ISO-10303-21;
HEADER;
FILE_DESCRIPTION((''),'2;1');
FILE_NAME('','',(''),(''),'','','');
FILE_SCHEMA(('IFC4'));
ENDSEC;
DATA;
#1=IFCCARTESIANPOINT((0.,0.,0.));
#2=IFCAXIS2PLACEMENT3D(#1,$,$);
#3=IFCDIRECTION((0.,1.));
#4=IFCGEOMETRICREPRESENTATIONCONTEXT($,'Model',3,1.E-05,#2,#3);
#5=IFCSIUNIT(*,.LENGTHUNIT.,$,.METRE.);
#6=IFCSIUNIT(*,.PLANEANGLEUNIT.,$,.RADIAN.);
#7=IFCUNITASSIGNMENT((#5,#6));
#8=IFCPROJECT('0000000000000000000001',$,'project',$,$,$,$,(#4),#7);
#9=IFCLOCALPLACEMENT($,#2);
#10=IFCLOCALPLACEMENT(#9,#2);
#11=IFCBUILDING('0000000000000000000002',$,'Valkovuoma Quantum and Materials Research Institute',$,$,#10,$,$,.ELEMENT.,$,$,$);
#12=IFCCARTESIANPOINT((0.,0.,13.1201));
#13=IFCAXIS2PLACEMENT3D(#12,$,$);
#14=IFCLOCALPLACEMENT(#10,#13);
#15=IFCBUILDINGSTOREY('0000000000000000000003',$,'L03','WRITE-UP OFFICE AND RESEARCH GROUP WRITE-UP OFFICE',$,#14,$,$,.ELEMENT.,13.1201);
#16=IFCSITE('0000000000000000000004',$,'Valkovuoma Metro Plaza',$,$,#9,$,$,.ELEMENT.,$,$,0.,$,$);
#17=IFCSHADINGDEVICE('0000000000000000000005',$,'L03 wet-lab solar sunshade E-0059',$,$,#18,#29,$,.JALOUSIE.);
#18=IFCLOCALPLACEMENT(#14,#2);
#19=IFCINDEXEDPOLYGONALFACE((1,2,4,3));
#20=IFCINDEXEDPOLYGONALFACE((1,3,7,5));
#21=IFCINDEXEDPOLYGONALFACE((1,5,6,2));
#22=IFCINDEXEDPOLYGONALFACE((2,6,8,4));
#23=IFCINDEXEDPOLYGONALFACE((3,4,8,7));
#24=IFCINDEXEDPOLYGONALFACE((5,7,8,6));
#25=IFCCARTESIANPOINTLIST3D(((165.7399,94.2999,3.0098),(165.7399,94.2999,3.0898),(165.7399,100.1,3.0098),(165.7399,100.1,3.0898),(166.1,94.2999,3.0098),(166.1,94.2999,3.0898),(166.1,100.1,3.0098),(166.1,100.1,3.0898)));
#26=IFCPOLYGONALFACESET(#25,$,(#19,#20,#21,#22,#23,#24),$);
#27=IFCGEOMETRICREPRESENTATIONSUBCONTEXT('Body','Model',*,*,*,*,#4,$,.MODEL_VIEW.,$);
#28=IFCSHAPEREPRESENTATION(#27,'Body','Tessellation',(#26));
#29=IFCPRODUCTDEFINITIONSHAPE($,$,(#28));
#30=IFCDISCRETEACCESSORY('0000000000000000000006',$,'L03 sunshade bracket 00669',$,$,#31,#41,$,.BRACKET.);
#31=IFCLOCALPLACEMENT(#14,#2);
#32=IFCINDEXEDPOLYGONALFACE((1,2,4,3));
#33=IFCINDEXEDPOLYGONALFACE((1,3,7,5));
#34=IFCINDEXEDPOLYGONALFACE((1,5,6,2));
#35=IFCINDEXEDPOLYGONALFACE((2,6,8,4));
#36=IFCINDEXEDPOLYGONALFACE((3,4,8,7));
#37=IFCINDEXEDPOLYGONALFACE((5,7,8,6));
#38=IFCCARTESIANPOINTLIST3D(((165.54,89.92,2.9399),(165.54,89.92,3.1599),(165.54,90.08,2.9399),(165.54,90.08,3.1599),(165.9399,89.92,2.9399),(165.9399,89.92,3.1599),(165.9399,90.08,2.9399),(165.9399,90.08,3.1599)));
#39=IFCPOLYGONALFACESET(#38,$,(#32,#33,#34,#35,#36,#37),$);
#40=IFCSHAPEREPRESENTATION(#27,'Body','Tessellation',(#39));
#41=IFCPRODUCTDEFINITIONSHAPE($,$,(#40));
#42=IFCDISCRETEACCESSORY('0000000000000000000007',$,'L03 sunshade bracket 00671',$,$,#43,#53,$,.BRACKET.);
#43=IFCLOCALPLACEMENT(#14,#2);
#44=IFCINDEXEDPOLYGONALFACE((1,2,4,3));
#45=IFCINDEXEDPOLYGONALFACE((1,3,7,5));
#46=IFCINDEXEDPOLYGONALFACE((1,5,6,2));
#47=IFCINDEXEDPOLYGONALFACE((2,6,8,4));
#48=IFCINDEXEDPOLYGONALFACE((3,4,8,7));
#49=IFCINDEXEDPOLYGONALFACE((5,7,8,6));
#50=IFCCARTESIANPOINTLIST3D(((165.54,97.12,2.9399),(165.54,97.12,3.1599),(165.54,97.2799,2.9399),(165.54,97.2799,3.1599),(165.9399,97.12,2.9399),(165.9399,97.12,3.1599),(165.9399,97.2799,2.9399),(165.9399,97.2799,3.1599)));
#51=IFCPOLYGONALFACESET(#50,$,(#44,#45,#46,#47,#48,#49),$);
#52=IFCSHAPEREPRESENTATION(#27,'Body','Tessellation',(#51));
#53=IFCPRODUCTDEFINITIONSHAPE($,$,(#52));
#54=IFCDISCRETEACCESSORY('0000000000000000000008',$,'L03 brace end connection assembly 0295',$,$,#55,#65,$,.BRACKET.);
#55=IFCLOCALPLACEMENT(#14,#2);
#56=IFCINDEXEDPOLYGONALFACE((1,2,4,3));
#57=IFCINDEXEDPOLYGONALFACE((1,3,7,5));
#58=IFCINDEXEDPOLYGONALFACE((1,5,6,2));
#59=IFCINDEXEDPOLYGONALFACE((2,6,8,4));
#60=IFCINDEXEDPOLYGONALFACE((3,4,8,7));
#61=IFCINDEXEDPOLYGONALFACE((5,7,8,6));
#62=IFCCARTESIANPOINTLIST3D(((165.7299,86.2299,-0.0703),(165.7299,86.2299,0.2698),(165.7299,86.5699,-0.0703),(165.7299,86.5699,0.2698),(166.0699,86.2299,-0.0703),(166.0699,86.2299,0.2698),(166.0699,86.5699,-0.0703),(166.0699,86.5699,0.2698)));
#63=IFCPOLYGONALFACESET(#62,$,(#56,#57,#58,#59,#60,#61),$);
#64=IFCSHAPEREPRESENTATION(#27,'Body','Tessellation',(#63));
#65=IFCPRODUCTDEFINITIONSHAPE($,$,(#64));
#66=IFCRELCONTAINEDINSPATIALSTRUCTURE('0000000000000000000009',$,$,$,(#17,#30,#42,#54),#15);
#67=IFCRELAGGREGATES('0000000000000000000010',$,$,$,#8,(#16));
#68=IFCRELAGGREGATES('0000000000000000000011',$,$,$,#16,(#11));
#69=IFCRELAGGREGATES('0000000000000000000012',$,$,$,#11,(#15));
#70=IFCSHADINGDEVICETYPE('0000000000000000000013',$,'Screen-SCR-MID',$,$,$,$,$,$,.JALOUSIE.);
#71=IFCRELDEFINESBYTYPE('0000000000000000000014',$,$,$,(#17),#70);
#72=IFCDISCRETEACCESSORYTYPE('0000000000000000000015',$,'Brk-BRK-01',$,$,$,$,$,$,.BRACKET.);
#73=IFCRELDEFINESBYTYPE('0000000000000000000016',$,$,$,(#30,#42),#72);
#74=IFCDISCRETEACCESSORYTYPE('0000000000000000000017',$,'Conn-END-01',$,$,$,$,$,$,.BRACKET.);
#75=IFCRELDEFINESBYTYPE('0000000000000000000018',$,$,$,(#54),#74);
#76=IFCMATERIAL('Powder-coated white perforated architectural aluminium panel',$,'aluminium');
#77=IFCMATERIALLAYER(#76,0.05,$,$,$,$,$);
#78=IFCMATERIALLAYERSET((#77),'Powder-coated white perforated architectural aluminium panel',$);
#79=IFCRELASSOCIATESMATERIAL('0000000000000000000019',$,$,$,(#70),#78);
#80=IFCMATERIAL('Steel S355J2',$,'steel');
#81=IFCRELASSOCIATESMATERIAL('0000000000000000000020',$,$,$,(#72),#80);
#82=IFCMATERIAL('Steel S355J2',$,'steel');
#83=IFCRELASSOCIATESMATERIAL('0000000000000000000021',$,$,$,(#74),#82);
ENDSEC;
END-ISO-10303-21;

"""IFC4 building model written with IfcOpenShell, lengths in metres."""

from ifc_helpers import new_model, si_unit, direction, frame, origin, origin_2d, place, context, subcontext, project, spatial, rectangle, extrude, material, layer, layer_set, type_object, element, save


model = new_model("IFC4")

# Units and contexts
model_context = context("Model", 3, precision=1e-05, world=origin(), true_north=direction((0.0, 1.0)))
body_context = subcontext(model_context, "Body", "Model", "MODEL_VIEW")
ifc_project = project(units=[si_unit("LENGTHUNIT", "METRE"), si_unit("PLANEANGLEUNIT", "RADIAN")], contexts=[model_context])

# Site, building, storey
site_placement = place(None, origin())
site = spatial("IfcSite", under=ifc_project, at=site_placement, Name="Valkovuoma Metro Plaza", CompositionType="ELEMENT", RefElevation=0.0)
building_placement = place(site_placement, origin())
building = spatial("IfcBuilding", under=site, at=building_placement, Name="Valkovuoma Quantum and Materials Research Institute", CompositionType="ELEMENT")
storey_placement = place(building_placement, frame((0.0, 0.0, 13.1201)))
storey = spatial("IfcBuildingStorey", under=building, at=storey_placement, Name="L03", Description="WRITE-UP OFFICE AND RESEARCH GROUP WRITE-UP OFFICE", CompositionType="ELEMENT", Elevation=13.1201)

# Shading device
ifc_material_1 = material(Name="Powder-coated white perforated architectural aluminium panel", Category="aluminium")
ifc_layer_1 = layer(ifc_material_1, 0.05)
ifc_layer_set_1 = layer_set([ifc_layer_1], Name="Powder-coated white perforated architectural aluminium panel")
shading_device_type_1 = type_object("IfcShadingDeviceType", Name="Screen-SCR-MID", PredefinedType="JALOUSIE", material=ifc_layer_set_1)
shading_device_1_placement = place(storey_placement, frame((165.9199, 97.2, 3.0098), z_axis=(0.0, 0.0, 1.0), x_axis=(1.0, 0.0, 0.0)))
element("IfcShadingDevice", 1, at=shading_device_1_placement, inside=storey, type_object=shading_device_type_1, Name="L03 wet-lab solar sunshade E-0059", PredefinedType="JALOUSIE", context=body_context, shape_type="SweptSolid", body=[
    extrude(rectangle(XDim=0.3601, YDim=5.8, at=origin_2d()), origin(), (0.0, 0.0, 1.0), 0.0801),
])

# Discrete accessories
ifc_material_2 = material(Name="Steel S355J2", Category="steel")
discrete_accessory_type_1 = type_object("IfcDiscreteAccessoryType", Name="Brk-BRK-01", PredefinedType="BRACKET", material=ifc_material_2)
for number, where, z_axis, x_axis, name in (
    (2, (165.74, 90.0, 2.9399), (0.0, 0.0, 1.0), (1.0, 0.0, 0.0), "L03 sunshade bracket 00669"),
    (3, (165.74, 97.2, 2.9399), (0.0, 0.0, 1.0), (1.0, 0.0, 0.0), "L03 sunshade bracket 00671"),
):
    element("IfcDiscreteAccessory", number, at=place(storey_placement, frame(where, z_axis=z_axis, x_axis=x_axis)), inside=storey, type_object=discrete_accessory_type_1, Name=name, PredefinedType="BRACKET", context=body_context, shape_type="SweptSolid", body=[
        extrude(rectangle(XDim=0.3999, YDim=0.1599, at=origin_2d()), origin(), (0.0, 0.0, 1.0), 0.22),
    ])
ifc_material_3 = material(Name="Steel S355J2", Category="steel")
discrete_accessory_type_2 = type_object("IfcDiscreteAccessoryType", Name="Conn-END-01", PredefinedType="BRACKET", material=ifc_material_3)
discrete_accessory_placement = place(storey_placement, frame((165.8999, 86.3999, -0.0703), z_axis=(0.0, 0.0, 1.0), x_axis=(1.0, 0.0, 0.0)))
element("IfcDiscreteAccessory", 4, at=discrete_accessory_placement, inside=storey, type_object=discrete_accessory_type_2, Name="L03 brace end connection assembly 0295", PredefinedType="BRACKET", context=body_context, shape_type="SweptSolid", body=[
    extrude(rectangle(XDim=0.3401, YDim=0.3401, at=origin_2d()), origin(), (0.0, 0.0, 1.0), 0.3401),
])

save(model, "model.ifc")
